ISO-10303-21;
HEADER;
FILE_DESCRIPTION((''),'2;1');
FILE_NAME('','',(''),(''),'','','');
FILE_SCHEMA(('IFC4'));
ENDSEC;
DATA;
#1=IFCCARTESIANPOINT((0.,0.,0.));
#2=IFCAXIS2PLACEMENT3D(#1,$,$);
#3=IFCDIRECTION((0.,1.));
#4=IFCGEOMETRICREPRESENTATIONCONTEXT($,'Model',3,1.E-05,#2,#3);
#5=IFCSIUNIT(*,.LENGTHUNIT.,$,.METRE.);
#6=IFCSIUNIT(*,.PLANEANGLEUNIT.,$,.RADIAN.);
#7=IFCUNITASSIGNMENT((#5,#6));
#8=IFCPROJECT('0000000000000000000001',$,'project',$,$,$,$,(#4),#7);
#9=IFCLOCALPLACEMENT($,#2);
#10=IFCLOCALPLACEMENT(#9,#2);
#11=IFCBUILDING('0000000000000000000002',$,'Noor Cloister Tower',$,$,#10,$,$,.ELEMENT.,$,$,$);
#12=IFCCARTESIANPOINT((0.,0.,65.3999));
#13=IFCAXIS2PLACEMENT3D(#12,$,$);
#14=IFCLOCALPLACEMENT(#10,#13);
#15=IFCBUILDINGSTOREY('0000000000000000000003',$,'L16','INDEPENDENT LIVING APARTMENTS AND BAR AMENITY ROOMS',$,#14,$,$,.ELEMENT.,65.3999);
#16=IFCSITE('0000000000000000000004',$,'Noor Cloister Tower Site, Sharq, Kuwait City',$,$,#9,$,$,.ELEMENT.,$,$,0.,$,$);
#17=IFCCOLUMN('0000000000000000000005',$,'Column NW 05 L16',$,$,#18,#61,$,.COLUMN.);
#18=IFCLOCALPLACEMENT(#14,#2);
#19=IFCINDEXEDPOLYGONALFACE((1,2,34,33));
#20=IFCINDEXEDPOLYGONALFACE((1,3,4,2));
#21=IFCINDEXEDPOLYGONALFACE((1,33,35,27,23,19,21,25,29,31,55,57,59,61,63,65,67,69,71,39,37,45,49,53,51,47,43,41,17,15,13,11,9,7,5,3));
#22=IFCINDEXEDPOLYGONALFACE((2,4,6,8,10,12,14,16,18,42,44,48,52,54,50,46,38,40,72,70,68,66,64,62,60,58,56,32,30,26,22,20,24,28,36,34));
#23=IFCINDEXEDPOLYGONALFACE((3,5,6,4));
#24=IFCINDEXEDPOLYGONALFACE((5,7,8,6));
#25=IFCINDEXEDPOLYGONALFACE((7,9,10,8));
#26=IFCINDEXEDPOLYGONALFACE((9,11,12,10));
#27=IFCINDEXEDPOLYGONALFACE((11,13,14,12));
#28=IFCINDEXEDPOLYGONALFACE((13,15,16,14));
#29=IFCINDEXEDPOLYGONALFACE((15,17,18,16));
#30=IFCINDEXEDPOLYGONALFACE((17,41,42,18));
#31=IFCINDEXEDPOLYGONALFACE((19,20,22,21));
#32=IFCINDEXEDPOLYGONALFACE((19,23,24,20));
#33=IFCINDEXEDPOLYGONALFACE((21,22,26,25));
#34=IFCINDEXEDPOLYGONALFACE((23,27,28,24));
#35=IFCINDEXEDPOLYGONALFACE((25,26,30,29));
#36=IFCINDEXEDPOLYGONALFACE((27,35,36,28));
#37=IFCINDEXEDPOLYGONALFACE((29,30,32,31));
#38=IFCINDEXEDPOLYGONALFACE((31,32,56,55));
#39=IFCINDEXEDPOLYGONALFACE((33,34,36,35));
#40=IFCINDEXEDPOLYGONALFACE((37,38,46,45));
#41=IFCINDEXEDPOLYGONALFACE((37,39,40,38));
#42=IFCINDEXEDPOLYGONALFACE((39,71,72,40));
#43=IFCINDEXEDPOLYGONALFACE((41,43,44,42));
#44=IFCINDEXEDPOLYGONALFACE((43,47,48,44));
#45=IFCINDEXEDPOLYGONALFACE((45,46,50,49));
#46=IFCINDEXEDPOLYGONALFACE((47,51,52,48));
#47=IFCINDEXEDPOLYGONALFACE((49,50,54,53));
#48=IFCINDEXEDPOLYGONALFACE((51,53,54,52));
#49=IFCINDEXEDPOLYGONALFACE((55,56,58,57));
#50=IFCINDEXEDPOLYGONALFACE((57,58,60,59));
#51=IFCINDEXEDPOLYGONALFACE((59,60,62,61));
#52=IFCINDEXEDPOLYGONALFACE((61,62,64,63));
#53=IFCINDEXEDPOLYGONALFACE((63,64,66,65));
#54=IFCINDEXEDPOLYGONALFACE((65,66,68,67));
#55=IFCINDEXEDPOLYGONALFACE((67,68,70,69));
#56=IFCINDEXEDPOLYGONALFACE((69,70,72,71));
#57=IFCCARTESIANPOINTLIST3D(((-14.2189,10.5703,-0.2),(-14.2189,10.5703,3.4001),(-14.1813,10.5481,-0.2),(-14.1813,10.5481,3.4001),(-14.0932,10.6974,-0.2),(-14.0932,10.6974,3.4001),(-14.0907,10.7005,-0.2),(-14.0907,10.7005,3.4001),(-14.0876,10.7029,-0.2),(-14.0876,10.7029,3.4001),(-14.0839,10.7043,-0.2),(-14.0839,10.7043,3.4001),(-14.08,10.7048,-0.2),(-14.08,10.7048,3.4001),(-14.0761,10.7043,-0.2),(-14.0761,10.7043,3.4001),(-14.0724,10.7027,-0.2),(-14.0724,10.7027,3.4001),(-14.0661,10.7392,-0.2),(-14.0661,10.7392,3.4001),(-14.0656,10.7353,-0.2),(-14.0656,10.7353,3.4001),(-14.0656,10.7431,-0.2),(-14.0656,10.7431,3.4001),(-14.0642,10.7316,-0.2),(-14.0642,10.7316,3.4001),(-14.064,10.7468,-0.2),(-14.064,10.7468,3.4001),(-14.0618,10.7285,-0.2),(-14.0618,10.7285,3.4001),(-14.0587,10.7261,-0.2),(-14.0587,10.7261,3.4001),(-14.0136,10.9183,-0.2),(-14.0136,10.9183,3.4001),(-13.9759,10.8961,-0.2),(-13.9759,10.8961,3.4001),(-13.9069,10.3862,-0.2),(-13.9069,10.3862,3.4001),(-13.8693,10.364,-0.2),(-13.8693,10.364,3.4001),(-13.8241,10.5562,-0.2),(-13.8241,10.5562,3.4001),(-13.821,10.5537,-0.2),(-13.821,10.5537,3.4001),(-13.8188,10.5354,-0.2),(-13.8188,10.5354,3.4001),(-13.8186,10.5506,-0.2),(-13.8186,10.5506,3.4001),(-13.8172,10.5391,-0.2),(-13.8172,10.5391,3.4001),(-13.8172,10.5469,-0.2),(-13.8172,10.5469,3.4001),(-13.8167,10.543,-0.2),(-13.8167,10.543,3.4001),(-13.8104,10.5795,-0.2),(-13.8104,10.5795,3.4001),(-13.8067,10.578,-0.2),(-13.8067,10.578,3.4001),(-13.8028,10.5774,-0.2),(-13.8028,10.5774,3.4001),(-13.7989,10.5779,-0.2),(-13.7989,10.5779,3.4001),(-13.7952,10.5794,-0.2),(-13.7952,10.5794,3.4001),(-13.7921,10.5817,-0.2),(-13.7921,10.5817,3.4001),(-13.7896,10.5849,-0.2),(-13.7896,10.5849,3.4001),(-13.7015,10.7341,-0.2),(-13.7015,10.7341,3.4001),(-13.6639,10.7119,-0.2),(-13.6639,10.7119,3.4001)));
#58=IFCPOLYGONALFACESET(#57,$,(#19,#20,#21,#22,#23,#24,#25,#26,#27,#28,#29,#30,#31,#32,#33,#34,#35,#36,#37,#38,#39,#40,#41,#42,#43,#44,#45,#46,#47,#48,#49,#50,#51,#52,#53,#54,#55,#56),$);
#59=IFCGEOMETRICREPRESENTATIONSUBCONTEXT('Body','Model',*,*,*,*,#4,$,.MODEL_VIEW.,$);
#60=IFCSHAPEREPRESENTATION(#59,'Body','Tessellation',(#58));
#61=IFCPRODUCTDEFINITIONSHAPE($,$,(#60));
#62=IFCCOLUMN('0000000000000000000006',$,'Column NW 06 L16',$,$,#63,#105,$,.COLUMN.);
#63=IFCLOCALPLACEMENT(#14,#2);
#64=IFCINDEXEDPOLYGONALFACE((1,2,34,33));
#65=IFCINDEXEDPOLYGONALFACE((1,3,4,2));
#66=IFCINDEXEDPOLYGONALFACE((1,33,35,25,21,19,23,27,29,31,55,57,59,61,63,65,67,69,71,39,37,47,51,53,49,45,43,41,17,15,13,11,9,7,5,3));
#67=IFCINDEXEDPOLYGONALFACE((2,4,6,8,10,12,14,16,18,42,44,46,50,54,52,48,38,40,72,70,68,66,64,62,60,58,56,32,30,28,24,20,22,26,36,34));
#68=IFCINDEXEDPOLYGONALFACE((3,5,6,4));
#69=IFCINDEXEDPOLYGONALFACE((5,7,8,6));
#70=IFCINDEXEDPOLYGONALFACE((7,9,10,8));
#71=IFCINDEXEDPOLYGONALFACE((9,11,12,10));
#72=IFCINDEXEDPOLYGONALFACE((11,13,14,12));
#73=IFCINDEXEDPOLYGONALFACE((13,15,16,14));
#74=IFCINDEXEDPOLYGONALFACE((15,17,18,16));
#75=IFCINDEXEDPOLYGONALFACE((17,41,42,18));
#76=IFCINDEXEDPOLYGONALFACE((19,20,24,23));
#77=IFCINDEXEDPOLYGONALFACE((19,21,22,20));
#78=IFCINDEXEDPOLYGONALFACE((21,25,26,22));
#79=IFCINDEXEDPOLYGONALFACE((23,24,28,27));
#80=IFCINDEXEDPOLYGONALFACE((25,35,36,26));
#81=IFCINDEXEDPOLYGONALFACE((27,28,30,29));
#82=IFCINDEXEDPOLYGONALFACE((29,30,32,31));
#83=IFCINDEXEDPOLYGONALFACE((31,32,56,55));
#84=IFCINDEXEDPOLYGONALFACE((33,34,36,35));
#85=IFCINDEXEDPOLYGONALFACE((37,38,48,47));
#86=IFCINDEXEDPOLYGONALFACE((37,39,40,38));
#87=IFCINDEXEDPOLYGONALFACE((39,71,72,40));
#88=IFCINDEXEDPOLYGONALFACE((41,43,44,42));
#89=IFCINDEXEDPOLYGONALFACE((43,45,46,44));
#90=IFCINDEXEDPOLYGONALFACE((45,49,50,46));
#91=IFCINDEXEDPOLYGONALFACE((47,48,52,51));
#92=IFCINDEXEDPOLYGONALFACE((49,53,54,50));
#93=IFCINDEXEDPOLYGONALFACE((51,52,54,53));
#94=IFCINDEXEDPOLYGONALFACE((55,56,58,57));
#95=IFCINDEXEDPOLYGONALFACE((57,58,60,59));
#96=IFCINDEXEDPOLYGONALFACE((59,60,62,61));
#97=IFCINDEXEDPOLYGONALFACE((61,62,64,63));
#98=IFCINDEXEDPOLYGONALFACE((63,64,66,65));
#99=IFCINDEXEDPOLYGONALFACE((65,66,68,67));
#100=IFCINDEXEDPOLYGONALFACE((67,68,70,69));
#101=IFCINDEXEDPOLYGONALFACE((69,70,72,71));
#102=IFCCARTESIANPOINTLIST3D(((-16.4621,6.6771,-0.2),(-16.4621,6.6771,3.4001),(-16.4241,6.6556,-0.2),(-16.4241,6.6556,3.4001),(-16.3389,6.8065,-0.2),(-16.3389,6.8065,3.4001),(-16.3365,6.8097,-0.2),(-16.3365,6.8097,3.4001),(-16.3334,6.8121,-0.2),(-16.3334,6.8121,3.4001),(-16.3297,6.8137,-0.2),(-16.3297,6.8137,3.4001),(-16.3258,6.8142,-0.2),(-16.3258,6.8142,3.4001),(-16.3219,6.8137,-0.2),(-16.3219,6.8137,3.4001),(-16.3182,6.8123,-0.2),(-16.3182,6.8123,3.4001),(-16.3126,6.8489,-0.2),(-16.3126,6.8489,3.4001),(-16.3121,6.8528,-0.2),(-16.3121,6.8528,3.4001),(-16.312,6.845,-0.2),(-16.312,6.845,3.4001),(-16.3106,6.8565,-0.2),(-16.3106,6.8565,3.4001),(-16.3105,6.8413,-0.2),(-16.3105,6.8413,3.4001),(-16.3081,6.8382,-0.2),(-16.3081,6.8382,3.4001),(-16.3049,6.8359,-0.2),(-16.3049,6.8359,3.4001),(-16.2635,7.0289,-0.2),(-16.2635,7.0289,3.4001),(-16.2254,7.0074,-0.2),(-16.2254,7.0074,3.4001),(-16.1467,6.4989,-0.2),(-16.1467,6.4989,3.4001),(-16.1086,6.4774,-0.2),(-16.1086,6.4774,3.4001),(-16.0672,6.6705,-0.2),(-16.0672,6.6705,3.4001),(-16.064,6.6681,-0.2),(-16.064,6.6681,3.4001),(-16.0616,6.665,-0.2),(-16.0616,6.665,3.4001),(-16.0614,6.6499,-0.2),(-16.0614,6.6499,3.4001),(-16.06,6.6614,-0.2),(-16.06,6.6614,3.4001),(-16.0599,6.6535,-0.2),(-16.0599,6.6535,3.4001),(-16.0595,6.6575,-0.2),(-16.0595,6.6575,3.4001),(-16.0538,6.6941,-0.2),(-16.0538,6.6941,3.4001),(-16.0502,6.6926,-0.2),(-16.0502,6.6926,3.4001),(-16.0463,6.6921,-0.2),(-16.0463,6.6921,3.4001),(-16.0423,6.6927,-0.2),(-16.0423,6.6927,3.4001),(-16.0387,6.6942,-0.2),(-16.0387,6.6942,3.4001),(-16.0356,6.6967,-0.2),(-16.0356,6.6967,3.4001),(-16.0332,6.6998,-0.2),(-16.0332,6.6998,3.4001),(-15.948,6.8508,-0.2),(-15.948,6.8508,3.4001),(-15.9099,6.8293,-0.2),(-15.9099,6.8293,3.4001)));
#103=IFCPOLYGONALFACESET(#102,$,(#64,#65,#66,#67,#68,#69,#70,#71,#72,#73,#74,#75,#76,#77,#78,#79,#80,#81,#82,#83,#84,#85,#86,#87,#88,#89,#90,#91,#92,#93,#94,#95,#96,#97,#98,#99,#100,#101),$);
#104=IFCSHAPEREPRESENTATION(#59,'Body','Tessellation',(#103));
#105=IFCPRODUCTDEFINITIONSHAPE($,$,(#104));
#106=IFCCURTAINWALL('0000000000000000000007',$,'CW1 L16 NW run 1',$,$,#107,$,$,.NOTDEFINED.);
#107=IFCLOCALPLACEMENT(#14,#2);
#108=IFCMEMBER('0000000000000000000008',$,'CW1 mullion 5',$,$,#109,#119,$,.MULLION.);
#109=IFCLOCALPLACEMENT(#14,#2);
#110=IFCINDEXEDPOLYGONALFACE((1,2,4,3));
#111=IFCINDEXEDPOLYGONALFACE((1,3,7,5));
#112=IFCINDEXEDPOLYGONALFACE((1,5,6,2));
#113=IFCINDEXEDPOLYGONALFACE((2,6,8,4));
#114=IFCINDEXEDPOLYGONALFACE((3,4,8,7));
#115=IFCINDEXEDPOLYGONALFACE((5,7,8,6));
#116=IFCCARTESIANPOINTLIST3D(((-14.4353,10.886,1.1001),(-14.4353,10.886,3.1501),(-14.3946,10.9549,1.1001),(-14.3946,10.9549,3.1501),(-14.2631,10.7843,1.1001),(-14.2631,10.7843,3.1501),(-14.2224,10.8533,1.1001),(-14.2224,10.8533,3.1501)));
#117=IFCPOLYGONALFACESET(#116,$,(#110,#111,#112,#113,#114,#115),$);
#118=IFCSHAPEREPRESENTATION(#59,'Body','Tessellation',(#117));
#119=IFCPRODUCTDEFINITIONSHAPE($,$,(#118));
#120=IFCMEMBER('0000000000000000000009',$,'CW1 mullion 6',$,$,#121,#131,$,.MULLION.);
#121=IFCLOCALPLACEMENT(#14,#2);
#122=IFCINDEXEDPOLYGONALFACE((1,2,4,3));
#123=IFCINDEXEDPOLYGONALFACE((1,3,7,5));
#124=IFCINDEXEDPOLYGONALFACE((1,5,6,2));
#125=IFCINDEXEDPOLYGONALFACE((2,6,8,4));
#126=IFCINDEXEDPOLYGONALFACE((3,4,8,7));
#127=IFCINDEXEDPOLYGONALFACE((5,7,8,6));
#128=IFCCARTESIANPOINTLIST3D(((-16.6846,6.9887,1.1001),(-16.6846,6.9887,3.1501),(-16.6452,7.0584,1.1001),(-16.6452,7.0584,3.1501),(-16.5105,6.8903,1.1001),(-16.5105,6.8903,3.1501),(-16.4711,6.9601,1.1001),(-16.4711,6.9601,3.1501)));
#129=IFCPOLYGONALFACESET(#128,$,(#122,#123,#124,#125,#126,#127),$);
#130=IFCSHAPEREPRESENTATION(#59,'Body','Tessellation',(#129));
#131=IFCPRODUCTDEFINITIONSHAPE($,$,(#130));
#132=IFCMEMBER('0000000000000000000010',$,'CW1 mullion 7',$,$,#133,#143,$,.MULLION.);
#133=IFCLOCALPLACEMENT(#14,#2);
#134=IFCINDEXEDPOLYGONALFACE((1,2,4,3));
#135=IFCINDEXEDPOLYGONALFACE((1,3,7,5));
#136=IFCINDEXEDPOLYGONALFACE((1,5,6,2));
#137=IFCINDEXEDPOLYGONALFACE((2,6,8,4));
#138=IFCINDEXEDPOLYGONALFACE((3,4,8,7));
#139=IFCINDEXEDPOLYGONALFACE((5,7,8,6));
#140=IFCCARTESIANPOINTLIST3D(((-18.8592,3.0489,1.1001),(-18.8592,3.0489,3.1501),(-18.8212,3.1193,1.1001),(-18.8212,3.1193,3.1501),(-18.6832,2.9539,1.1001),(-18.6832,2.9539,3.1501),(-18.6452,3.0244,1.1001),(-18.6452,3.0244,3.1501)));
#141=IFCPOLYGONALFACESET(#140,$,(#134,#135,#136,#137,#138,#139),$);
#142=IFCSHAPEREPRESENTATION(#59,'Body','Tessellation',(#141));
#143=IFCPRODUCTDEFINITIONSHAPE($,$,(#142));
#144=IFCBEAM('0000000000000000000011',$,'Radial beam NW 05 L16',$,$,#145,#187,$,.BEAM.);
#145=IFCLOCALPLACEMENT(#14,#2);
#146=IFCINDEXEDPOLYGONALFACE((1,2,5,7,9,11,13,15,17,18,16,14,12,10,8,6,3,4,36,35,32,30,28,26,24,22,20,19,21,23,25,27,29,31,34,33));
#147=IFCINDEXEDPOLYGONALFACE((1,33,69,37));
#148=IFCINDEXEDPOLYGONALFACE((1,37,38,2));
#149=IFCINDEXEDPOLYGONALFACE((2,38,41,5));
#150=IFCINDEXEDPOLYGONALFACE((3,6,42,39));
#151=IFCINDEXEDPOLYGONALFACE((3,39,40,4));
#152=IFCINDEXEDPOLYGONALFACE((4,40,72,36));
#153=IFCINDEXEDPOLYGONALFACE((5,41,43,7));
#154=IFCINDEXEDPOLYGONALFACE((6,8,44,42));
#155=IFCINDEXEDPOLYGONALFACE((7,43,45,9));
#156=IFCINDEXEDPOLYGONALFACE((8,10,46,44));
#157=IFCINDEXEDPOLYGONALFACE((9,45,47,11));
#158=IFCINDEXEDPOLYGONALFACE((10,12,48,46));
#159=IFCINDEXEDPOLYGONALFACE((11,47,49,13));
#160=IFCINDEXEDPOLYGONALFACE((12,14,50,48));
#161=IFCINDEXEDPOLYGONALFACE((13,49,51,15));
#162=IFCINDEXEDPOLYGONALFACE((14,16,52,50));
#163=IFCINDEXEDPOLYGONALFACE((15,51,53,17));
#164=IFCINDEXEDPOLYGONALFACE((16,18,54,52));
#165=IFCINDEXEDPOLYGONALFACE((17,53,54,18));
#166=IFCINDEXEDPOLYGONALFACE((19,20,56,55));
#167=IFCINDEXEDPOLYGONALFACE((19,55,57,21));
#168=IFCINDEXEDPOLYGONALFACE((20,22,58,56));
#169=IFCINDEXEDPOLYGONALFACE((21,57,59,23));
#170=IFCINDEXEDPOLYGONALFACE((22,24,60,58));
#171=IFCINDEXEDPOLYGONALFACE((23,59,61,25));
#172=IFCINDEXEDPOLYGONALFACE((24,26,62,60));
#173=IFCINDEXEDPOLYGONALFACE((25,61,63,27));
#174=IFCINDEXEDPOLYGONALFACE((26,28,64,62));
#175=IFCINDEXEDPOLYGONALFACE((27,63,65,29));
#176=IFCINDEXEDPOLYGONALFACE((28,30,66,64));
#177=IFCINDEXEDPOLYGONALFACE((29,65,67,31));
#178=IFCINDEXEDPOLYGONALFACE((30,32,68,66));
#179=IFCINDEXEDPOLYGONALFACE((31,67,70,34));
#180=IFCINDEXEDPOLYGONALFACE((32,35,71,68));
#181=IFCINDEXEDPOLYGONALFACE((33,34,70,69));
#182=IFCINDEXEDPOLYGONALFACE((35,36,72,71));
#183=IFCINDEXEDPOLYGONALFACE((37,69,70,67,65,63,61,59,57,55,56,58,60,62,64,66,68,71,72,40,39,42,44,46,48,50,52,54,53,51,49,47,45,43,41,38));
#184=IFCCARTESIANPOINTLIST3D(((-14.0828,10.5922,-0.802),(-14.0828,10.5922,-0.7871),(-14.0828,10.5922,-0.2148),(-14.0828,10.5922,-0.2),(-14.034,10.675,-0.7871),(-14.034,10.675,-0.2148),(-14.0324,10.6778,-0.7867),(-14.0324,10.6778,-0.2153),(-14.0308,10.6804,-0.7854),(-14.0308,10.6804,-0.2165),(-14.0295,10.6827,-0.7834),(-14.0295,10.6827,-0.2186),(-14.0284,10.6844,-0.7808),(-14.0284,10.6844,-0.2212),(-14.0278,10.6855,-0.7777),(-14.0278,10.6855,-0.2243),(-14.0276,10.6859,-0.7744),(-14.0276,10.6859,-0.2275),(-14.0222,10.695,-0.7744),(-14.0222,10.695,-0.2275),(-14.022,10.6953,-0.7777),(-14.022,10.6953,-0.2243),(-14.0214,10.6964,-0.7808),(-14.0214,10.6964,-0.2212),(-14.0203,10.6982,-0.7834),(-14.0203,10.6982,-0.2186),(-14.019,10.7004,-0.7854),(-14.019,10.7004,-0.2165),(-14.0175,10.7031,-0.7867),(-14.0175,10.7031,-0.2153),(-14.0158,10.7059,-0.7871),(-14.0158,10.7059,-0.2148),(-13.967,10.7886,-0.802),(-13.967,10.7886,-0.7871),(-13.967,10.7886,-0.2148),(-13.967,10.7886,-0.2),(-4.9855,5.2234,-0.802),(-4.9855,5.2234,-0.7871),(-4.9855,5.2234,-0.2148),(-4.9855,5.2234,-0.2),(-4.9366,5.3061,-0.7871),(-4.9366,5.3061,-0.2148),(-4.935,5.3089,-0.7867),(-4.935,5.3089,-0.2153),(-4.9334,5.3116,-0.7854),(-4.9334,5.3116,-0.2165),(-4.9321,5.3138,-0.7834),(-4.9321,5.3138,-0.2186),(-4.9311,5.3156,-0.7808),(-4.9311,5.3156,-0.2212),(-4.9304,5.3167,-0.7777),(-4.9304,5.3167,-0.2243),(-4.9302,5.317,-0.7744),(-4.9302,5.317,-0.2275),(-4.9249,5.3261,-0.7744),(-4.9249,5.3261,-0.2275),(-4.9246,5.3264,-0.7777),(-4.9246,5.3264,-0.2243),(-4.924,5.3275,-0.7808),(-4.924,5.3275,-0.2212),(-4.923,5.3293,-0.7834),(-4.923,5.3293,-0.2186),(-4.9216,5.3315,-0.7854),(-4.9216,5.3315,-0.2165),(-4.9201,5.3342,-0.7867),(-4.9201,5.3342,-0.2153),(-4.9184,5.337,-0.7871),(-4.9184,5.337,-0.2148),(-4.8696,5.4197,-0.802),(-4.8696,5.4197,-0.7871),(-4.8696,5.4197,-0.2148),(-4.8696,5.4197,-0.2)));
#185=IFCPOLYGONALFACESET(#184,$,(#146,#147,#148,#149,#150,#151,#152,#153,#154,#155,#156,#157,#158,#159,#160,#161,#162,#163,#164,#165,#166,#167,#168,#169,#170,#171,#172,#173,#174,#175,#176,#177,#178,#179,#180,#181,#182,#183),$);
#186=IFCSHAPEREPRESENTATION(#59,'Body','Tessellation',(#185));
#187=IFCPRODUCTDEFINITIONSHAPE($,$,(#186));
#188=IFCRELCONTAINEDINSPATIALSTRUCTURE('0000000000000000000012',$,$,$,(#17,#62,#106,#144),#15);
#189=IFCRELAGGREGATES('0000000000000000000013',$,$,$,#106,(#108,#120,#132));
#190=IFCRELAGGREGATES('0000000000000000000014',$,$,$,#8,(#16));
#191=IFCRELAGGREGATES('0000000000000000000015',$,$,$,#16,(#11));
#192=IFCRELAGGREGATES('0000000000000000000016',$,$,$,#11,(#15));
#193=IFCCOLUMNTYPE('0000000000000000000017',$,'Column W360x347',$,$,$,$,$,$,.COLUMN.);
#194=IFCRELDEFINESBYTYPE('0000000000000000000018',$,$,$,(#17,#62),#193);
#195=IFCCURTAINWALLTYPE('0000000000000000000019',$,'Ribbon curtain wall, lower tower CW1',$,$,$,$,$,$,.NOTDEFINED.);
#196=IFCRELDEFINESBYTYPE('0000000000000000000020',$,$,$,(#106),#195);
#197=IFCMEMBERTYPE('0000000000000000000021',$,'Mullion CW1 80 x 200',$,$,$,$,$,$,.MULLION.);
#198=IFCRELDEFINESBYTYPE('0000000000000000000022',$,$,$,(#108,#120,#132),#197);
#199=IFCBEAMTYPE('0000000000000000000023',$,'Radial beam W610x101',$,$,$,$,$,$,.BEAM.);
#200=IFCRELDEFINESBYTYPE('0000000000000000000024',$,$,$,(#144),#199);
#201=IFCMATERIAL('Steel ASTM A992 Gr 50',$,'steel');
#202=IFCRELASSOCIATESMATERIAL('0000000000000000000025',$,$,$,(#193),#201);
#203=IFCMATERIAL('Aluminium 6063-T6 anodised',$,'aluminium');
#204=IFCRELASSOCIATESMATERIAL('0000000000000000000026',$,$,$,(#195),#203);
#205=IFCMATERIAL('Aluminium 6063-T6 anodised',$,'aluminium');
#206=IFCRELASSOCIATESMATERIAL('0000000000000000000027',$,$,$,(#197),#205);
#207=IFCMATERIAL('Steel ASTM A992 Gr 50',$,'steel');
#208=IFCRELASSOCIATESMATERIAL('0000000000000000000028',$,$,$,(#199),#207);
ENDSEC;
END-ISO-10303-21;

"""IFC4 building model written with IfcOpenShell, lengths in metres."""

from ifc_helpers import new_model, si_unit, direction, frame, origin, origin_2d, place, context, subcontext, project, spatial, rectangle, i_section, extrude, material, material_profile, profile_set, type_object, element, aggregate, save


model = new_model("IFC4")

# Units and contexts
model_context = context("Model", 3, precision=1e-05, world=origin(), true_north=direction((0.0, 1.0)))
body_context = subcontext(model_context, "Body", "Model", "MODEL_VIEW")
ifc_project = project(units=[si_unit("LENGTHUNIT", "METRE"), si_unit("PLANEANGLEUNIT", "RADIAN")], contexts=[model_context])

# Site, building, storey
site_placement = place(None, origin())
site = spatial("IfcSite", under=ifc_project, at=site_placement, Name="Noor Cloister Tower Site, Sharq, Kuwait City", CompositionType="ELEMENT", RefElevation=0.0)
building_placement = place(site_placement, origin())
building = spatial("IfcBuilding", under=site, at=building_placement, Name="Noor Cloister Tower", CompositionType="ELEMENT")
storey_placement = place(building_placement, frame((0.0, 0.0, 65.3999)))
storey = spatial("IfcBuildingStorey", under=building, at=storey_placement, Name="L16", Description="INDEPENDENT LIVING APARTMENTS AND BAR AMENITY ROOMS", CompositionType="ELEMENT", Elevation=65.3999)

# Columns
ifc_material_1 = material(Name="Steel ASTM A992 Gr 50", Category="steel")
ifc_material_profile_1 = material_profile(ifc_material_1, i_section(OverallWidth=0.4041, OverallDepth=0.406, WebThickness=0.0271, FlangeThickness=0.0437, FilletRadius=0.0151, at=origin_2d()), Name="W360x347")
ifc_profile_set_1 = profile_set([ifc_material_profile_1], Name="Steel ASTM A992 Gr 50")
column_type = type_object("IfcColumnType", Name="Column W360x347", PredefinedType="COLUMN", material=ifc_profile_set_1)
for number, where, z_axis, x_axis, name in (
    (1, (-13.9414, 10.6411, -0.2), (0.0, 0.0, 1.0), (-0.508246, -0.861212, 0.0), "Column NW 05 L16"),
    (2, (-16.186, 6.7532, -0.2), (0.0, 0.0, 1.0), (-0.491708, -0.87076, 0.0), "Column NW 06 L16"),
):
    element("IfcColumn", number, at=place(storey_placement, frame(where, z_axis=z_axis, x_axis=x_axis)), inside=storey, type_object=column_type, Name=name, PredefinedType="COLUMN", context=body_context, shape_type="SweptSolid", body=[
        extrude(i_section(OverallWidth=0.4041, OverallDepth=0.406, WebThickness=0.0271, FlangeThickness=0.0437, FilletRadius=0.0151, at=origin_2d()), origin(), (0.0, 0.0, 1.0), 3.6001),
    ])

# Curtain wall, members
ifc_material_2 = material(Name="Aluminium 6063-T6 anodised", Category="aluminium")
curtain_wall_type = type_object("IfcCurtainWallType", Name="Ribbon curtain wall, lower tower CW1", PredefinedType="NOTDEFINED", material=ifc_material_2)
curtain_wall_placement = place(storey_placement, origin())
curtain_wall = element("IfcCurtainWall", 3, at=curtain_wall_placement, inside=storey, type_object=curtain_wall_type, Name="CW1 L16 NW run 1", PredefinedType="NOTDEFINED")
ifc_material_3 = material(Name="Aluminium 6063-T6 anodised", Category="aluminium")
ifc_material_profile_2 = material_profile(ifc_material_3, rectangle(XDim=0.2, YDim=0.0801, at=origin_2d()), Name="200 x 80 mullion")
ifc_profile_set_2 = profile_set([ifc_material_profile_2], Name="Aluminium 6063-T6 anodised")
member_type = type_object("IfcMemberType", Name="Mullion CW1 80 x 200", PredefinedType="MULLION", material=ifc_profile_set_2)
member_1_placement = place(storey_placement, frame((-14.3289, 10.8696, 1.1001), z_axis=(0.0, 0.0, 1.0), x_axis=(0.861212, -0.508246, 0.0)))
member_1 = element("IfcMember", 4, at=member_1_placement, type_object=member_type, Name="CW1 mullion 5", PredefinedType="MULLION", context=body_context, shape_type="SweptSolid", body=[
    extrude(rectangle(XDim=0.2, YDim=0.0801, at=origin_2d()), origin(), (0.0, 0.0, 1.0), 2.05),
])
member_2_placement = place(storey_placement, frame((-16.5779, 6.9744, 1.1001), z_axis=(0.0, 0.0, 1.0), x_axis=(0.87076, -0.491708, 0.0)))
member_2 = element("IfcMember", 5, at=member_2_placement, type_object=member_type, Name="CW1 mullion 6", PredefinedType="MULLION", context=body_context, shape_type="SweptSolid", body=[
    extrude(rectangle(XDim=0.2, YDim=0.0801, at=origin_2d()), origin(), (0.0, 0.0, 1.0), 2.05),
])
member_3_placement = place(storey_placement, frame((-18.7522, 3.0366, 1.1001), z_axis=(0.0, 0.0, 1.0), x_axis=(0.87999, -0.474991, 0.0)))
member_3 = element("IfcMember", 6, at=member_3_placement, type_object=member_type, Name="CW1 mullion 7", PredefinedType="MULLION", context=body_context, shape_type="SweptSolid", body=[
    extrude(rectangle(XDim=0.2, YDim=0.0801, at=origin_2d()), origin(), (0.0, 0.0, 1.0), 2.05),
])

# Beam
ifc_material_4 = material(Name="Steel ASTM A992 Gr 50", Category="steel")
ifc_material_profile_3 = material_profile(ifc_material_4, i_section(OverallWidth=0.228, OverallDepth=0.6021, WebThickness=0.0105, FlangeThickness=0.0149, FilletRadius=0.0127, at=origin_2d()), Name="W610x101")
ifc_profile_set_3 = profile_set([ifc_material_profile_3], Name="Steel ASTM A992 Gr 50")
beam_type_1 = type_object("IfcBeamType", Name="Radial beam W610x101", PredefinedType="BEAM", material=ifc_profile_set_3)
beam_1_placement = place(storey_placement, frame((-14.0249, 10.6904, -0.501), z_axis=(0.86121, -0.508249, 0.0), x_axis=(0.508249, 0.86121, 0.0)))
element("IfcBeam", 7, at=beam_1_placement, inside=storey, type_object=beam_type_1, Name="Radial beam NW 05 L16", PredefinedType="BEAM", context=body_context, shape_type="SweptSolid", body=[
    extrude(i_section(OverallWidth=0.228, OverallDepth=0.6021, WebThickness=0.0105, FlangeThickness=0.0149, FilletRadius=0.0127, at=origin_2d()), origin(), (0.0, 0.0, 1.0), 10.5635),
])

aggregate(curtain_wall, [member_1, member_2, member_3])

save(model, "model.ifc")
